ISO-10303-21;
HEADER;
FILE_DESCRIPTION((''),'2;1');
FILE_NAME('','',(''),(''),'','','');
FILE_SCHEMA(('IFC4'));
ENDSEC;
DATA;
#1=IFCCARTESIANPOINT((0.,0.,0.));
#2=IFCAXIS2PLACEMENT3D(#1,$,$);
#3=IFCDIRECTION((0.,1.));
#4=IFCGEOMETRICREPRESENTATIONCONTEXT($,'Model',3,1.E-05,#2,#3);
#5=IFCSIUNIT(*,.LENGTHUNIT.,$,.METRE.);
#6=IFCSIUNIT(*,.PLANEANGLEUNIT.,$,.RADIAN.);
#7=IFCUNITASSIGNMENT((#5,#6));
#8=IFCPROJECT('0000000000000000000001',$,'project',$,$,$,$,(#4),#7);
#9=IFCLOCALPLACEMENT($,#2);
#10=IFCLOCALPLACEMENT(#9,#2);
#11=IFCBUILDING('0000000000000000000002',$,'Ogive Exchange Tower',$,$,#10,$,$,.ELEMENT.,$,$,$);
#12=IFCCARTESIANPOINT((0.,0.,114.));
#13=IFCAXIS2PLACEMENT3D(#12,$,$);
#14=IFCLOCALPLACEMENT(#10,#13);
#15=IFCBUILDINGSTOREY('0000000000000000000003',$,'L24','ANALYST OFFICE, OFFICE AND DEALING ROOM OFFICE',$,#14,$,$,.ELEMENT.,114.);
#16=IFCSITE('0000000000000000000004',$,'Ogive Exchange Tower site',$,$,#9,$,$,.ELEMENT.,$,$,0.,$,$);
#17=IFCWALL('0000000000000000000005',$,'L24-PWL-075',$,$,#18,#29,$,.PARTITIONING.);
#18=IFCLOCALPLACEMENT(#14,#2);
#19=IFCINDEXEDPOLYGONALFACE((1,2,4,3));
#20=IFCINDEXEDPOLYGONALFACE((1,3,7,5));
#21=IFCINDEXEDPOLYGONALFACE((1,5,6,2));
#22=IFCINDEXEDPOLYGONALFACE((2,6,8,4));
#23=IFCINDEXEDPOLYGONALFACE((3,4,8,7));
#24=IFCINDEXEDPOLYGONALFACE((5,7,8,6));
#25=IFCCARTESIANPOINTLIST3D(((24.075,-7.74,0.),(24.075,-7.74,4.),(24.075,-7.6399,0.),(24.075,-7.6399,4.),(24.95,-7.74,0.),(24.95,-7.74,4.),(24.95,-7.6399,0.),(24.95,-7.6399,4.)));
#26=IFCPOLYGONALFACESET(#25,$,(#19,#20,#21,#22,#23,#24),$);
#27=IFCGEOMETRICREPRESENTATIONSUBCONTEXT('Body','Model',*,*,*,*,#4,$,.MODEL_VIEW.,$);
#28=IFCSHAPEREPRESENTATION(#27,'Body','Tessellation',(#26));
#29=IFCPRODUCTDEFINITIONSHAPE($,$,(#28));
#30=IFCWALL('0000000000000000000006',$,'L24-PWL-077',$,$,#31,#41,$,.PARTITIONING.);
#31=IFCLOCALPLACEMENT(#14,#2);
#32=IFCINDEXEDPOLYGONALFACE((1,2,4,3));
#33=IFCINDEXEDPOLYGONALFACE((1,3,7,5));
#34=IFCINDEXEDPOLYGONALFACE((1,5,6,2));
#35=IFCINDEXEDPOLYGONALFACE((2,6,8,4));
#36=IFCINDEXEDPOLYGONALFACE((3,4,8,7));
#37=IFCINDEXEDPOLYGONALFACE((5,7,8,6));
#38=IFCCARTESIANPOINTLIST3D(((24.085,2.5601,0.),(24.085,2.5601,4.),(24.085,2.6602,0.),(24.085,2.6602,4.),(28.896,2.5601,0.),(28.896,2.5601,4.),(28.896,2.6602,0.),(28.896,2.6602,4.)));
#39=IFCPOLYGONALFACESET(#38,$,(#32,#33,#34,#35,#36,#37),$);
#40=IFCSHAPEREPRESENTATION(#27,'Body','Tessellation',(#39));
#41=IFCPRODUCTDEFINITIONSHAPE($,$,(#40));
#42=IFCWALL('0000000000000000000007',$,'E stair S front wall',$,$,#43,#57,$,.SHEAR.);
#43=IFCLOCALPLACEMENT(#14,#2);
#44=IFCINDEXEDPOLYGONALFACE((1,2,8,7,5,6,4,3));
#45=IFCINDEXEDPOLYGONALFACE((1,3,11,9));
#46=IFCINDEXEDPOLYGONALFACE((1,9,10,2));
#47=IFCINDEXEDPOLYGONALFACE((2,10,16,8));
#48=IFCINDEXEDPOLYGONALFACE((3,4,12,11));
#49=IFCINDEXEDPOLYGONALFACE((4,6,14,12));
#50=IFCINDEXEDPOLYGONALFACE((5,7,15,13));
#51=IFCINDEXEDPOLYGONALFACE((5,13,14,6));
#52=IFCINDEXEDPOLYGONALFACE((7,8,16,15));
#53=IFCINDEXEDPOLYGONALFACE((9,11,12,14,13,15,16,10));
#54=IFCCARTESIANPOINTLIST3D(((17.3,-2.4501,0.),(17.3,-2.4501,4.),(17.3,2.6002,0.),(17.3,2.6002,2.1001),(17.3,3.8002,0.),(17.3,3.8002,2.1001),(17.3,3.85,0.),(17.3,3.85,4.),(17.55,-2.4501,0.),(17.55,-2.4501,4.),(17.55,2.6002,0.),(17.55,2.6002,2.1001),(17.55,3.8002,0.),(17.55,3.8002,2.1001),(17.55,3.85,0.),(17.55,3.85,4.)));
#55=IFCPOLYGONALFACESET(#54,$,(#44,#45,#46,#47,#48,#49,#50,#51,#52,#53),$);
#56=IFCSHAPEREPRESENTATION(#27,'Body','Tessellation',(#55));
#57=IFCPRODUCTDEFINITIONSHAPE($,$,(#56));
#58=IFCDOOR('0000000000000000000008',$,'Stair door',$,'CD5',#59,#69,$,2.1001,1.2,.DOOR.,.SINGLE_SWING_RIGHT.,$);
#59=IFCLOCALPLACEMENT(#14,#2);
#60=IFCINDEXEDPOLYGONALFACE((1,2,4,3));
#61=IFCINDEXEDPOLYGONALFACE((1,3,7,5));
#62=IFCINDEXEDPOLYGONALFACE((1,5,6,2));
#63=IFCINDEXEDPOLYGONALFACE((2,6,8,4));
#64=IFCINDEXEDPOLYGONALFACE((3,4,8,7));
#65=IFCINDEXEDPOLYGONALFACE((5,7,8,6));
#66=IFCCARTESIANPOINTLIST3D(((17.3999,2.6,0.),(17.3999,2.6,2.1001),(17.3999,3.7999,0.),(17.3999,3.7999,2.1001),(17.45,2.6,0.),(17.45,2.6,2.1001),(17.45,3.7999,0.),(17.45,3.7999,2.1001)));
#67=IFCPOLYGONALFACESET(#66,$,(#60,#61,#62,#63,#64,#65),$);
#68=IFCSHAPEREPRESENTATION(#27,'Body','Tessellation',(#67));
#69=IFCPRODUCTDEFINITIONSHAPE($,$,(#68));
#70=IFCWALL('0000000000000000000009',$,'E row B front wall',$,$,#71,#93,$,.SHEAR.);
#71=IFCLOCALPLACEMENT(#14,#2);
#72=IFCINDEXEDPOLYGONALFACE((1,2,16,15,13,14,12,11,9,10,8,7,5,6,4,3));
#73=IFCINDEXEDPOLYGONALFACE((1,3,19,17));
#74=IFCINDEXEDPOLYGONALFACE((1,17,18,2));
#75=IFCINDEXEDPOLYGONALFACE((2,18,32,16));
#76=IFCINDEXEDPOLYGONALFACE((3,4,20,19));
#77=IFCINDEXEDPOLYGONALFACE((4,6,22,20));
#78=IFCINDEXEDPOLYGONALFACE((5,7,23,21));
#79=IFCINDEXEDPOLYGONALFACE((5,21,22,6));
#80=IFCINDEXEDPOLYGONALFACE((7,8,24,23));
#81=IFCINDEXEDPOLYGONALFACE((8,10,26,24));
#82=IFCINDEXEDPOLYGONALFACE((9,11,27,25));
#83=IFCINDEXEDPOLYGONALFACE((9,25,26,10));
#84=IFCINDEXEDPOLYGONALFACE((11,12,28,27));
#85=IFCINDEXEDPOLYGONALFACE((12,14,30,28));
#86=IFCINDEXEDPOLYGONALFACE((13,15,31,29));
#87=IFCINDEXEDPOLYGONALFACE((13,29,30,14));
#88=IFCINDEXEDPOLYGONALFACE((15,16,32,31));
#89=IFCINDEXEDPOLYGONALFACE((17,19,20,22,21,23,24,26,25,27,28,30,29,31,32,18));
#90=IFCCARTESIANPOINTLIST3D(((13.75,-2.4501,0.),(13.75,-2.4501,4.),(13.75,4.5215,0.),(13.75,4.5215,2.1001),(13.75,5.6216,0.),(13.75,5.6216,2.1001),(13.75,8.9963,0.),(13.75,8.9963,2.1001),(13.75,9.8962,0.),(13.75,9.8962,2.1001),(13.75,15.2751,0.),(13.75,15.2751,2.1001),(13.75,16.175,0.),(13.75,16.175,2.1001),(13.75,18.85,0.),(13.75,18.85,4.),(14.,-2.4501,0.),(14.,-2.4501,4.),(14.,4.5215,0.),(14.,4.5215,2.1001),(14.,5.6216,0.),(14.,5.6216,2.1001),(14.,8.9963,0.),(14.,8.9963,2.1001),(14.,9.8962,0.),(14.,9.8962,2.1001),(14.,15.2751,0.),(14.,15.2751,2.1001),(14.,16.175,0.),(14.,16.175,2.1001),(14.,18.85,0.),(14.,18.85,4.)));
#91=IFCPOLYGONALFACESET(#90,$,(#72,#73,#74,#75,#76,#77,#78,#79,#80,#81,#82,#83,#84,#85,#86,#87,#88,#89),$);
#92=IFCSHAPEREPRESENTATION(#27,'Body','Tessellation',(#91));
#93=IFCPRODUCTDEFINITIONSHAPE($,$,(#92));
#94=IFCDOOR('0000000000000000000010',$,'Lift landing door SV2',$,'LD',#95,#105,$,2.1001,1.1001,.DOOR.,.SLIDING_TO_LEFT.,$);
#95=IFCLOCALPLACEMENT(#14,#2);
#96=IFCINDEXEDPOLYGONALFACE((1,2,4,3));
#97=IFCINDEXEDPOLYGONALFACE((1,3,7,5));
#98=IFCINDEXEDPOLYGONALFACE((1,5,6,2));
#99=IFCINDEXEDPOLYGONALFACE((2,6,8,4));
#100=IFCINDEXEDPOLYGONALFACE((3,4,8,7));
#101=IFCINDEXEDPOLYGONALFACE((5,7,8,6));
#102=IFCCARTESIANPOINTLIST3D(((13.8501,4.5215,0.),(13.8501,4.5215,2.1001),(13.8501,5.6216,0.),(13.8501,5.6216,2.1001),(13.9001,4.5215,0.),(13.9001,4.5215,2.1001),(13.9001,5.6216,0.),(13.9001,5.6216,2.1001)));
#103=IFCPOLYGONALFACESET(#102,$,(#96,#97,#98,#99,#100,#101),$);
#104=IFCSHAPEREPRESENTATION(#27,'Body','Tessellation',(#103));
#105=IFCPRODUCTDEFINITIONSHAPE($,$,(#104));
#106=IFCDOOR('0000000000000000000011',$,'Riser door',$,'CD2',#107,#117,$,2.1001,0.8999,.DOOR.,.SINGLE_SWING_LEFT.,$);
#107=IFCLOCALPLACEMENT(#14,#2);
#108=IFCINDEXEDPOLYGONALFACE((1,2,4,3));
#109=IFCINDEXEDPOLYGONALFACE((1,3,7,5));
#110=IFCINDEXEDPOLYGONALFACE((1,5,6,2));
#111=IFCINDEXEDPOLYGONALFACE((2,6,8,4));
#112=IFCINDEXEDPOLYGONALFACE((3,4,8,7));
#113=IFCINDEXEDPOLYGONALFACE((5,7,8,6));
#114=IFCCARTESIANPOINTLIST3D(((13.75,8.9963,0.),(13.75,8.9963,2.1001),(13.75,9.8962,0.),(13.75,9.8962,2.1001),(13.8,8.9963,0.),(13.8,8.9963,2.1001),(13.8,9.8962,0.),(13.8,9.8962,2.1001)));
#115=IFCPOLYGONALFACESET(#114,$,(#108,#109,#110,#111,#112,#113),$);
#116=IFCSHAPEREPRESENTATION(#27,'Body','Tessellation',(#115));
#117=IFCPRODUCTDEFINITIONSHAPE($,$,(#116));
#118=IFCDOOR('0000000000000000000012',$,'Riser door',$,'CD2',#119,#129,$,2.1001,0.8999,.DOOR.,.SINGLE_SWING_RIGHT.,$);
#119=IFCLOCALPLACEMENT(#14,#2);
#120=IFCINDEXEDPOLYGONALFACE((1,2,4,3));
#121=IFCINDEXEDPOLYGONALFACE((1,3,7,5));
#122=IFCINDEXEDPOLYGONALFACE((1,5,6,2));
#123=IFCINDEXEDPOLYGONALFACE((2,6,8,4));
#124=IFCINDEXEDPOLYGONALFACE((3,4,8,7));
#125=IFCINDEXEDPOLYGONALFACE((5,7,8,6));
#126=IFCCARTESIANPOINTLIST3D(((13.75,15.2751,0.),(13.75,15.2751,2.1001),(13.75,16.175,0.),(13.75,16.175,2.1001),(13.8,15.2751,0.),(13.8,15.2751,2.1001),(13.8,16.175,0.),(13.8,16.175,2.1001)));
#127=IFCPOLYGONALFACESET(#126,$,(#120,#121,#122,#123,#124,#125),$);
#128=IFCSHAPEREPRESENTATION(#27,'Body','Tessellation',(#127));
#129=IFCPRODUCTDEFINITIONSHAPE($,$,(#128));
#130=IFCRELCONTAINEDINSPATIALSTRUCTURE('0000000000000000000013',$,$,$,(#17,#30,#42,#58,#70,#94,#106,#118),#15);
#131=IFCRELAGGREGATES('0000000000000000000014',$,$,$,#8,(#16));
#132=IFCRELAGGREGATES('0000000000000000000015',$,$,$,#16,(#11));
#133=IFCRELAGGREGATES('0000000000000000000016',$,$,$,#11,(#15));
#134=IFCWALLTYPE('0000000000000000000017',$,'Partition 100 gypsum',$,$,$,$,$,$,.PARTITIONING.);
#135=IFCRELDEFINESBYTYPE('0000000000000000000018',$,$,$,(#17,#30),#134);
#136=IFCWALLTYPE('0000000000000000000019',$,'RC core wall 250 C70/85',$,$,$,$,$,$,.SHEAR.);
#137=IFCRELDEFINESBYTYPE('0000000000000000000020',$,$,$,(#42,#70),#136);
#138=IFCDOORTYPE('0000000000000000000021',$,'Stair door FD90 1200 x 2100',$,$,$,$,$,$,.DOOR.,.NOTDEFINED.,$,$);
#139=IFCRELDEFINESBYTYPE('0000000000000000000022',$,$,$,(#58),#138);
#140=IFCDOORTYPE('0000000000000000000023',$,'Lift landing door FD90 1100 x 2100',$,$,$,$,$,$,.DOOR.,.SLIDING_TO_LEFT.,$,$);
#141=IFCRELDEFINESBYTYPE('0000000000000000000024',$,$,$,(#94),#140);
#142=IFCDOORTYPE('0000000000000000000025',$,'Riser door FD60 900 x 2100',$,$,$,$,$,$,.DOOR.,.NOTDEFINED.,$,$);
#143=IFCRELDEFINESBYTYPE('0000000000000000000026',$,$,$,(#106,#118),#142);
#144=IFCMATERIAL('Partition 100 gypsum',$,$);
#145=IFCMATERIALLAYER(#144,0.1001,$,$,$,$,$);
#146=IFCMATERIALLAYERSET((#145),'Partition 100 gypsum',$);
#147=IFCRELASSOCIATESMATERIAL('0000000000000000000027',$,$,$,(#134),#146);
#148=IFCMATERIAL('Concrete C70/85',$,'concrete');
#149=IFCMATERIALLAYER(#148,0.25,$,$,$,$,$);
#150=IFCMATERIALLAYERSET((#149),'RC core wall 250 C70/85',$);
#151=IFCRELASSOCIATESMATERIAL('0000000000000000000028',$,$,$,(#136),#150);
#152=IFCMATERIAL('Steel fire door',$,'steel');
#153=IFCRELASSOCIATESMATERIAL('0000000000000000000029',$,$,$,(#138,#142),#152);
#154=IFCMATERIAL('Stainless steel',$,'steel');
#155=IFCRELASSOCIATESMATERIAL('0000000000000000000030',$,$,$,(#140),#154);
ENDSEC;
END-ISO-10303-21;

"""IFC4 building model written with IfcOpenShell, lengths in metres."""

from ifc_helpers import new_model, si_unit, direction, frame, frame_2d, origin, place, context, subcontext, project, spatial, rectangle, extrude, material, layer, layer_set, type_object, element, fill, save


model = new_model("IFC4")

# Units and contexts
model_context = context("Model", 3, precision=1e-05, world=origin(), true_north=direction((0.0, 1.0)))
body_context = subcontext(model_context, "Body", "Model", "MODEL_VIEW")
ifc_project = project(units=[si_unit("LENGTHUNIT", "METRE"), si_unit("PLANEANGLEUNIT", "RADIAN")], contexts=[model_context])

# Site, building, storey
site_placement = place(None, origin())
site = spatial("IfcSite", under=ifc_project, at=site_placement, Name="Ogive Exchange Tower site", CompositionType="ELEMENT", RefElevation=0.0)
building_placement = place(site_placement, origin())
building = spatial("IfcBuilding", under=site, at=building_placement, Name="Ogive Exchange Tower", CompositionType="ELEMENT")
storey_placement = place(building_placement, frame((0.0, 0.0, 114.0)))
storey = spatial("IfcBuildingStorey", under=building, at=storey_placement, Name="L24", Description="ANALYST OFFICE, OFFICE AND DEALING ROOM OFFICE", CompositionType="ELEMENT", Elevation=114.0)

# Walls
ifc_material_1 = material(Name="Partition 100 gypsum")
ifc_layer_1 = layer(ifc_material_1, 0.1001)
ifc_layer_set_1 = layer_set([ifc_layer_1], Name="Partition 100 gypsum")
wall_type_1 = type_object("IfcWallType", Name="Partition 100 gypsum", PredefinedType="PARTITIONING", material=ifc_layer_set_1)
wall_1_placement = place(storey_placement, frame((24.95, -7.6899, 0.0), z_axis=(0.0, 0.0, 1.0), x_axis=(-1.0, 0.0, 0.0)))
element("IfcWall", 1, at=wall_1_placement, inside=storey, type_object=wall_type_1, Name="L24-PWL-075", PredefinedType="PARTITIONING", context=body_context, shape_type="SweptSolid", body=[
    extrude(rectangle(XDim=0.875, YDim=0.1001, at=frame_2d((0.4375, 0.0))), origin(), (0.0, 0.0, 1.0), 4.0),
])
wall_2_placement = place(storey_placement, frame((28.896, 2.6101, 0.0), z_axis=(0.0, 0.0, 1.0), x_axis=(-1.0, 0.0, 0.0)))
element("IfcWall", 2, at=wall_2_placement, inside=storey, type_object=wall_type_1, Name="L24-PWL-077", PredefinedType="PARTITIONING", context=body_context, shape_type="SweptSolid", body=[
    extrude(rectangle(XDim=4.811, YDim=0.1001, at=frame_2d((2.4055, 0.0))), origin(), (0.0, 0.0, 1.0), 4.0),
])

# Wall, opening, door
ifc_material_2 = material(Name="Concrete C70/85", Category="concrete")
ifc_layer_2 = layer(ifc_material_2, 0.25)
ifc_layer_set_2 = layer_set([ifc_layer_2], Name="RC core wall 250 C70/85")
wall_type_2 = type_object("IfcWallType", Name="RC core wall 250 C70/85", PredefinedType="SHEAR", material=ifc_layer_set_2)
wall_3_placement = place(storey_placement, frame((17.425, -2.45, 0.0), z_axis=(0.0, 0.0, 1.0), x_axis=(0.0, 1.0, 0.0)))
wall_3 = element("IfcWall", 3, at=wall_3_placement, inside=storey, type_object=wall_type_2, Name="E stair S front wall", PredefinedType="SHEAR", context=body_context, shape_type="SweptSolid", body=[
    extrude(rectangle(XDim=6.3, YDim=0.25, at=frame_2d((3.1499, 0.0))), origin(), (0.0, 0.0, 1.0), 4.0),
])
opening_1_placement = place(wall_3_placement, frame((5.05, 0.0, 0.0)))
opening_1 = element("IfcOpeningElement", 4, at=opening_1_placement, cuts=wall_3, PredefinedType="OPENING", context=body_context, shape_type="SweptSolid", body=[
    extrude(rectangle(XDim=1.2, YDim=2.1001, at=frame_2d((0.6001, 1.05))), frame((0.0, 0.135, 0.0), z_axis=(0.0, -1.0, 0.0), x_axis=(1.0, 0.0, 0.0)), (0.0, 0.0, 1.0), 0.27),
])
ifc_material_3 = material(Name="Steel fire door", Category="steel")
door_type_1 = type_object("IfcDoorType", Name="Stair door FD90 1200 x 2100", OperationType="NOTDEFINED", PredefinedType="DOOR", material=ifc_material_3)
door_1_placement = place(opening_1_placement, frame((1.2, 0.0, 0.0), z_axis=(0.0, 0.0, 1.0), x_axis=(-1.0, 0.0, 0.0)))
door_1 = element("IfcDoor", 5, at=door_1_placement, inside=storey, type_object=door_type_1, Name="Stair door", ObjectType="CD5", OperationType="SINGLE_SWING_RIGHT", OverallHeight=2.1001, OverallWidth=1.2, PredefinedType="DOOR", context=body_context, shape_type="SweptSolid", body=[
    extrude(rectangle(XDim=1.2, YDim=2.1001, at=frame_2d((0.6001, 1.05))), frame((0.0, 0.0249, 0.0), z_axis=(0.0, -1.0, 0.0), x_axis=(1.0, 0.0, 0.0)), (0.0, 0.0, 1.0), 0.05),
])
fill(opening_1, door_1)

# Wall, openings, doors
wall_4_placement = place(storey_placement, frame((13.875, -2.45, 0.0), z_axis=(0.0, 0.0, 1.0), x_axis=(0.0, 1.0, 0.0)))
wall_4 = element("IfcWall", 6, at=wall_4_placement, inside=storey, type_object=wall_type_2, Name="E row B front wall", PredefinedType="SHEAR", context=body_context, shape_type="SweptSolid", body=[
    extrude(rectangle(XDim=21.3, YDim=0.25, at=frame_2d((10.6499, 0.0))), origin(), (0.0, 0.0, 1.0), 4.0),
])
opening_2_placement = place(wall_4_placement, frame((11.4463, 0.0, 0.0)))
opening_2 = element("IfcOpeningElement", 7, at=opening_2_placement, cuts=wall_4, PredefinedType="OPENING", context=body_context, shape_type="SweptSolid", body=[
    extrude(rectangle(XDim=0.8999, YDim=2.1001, at=frame_2d((0.45, 1.05))), frame((0.0, 0.135, 0.0), z_axis=(0.0, -1.0, 0.0), x_axis=(1.0, 0.0, 0.0)), (0.0, 0.0, 1.0), 0.27),
])
opening_3_placement = place(wall_4_placement, frame((17.7251, 0.0, 0.0)))
opening_3 = element("IfcOpeningElement", 8, at=opening_3_placement, cuts=wall_4, PredefinedType="OPENING", context=body_context, shape_type="SweptSolid", body=[
    extrude(rectangle(XDim=0.8999, YDim=2.1001, at=frame_2d((0.45, 1.05))), frame((0.0, 0.135, 0.0), z_axis=(0.0, -1.0, 0.0), x_axis=(1.0, 0.0, 0.0)), (0.0, 0.0, 1.0), 0.27),
])
opening_4_placement = place(wall_4_placement, frame((6.9714, 0.0, 0.0)))
opening_4 = element("IfcOpeningElement", 9, at=opening_4_placement, cuts=wall_4, PredefinedType="OPENING", context=body_context, shape_type="SweptSolid", body=[
    extrude(rectangle(XDim=1.1001, YDim=2.1001, at=frame_2d((0.55, 1.05))), frame((0.0, 0.135, 0.0), z_axis=(0.0, -1.0, 0.0), x_axis=(1.0, 0.0, 0.0)), (0.0, 0.0, 1.0), 0.27),
])
ifc_material_4 = material(Name="Stainless steel", Category="steel")
door_type_2 = type_object("IfcDoorType", Name="Lift landing door FD90 1100 x 2100", OperationType="SLIDING_TO_LEFT", PredefinedType="DOOR", material=ifc_material_4)
door_2_placement = place(opening_4_placement, origin())
door_2 = element("IfcDoor", 10, at=door_2_placement, inside=storey, type_object=door_type_2, Name="Lift landing door SV2", ObjectType="LD", OperationType="SLIDING_TO_LEFT", OverallHeight=2.1001, OverallWidth=1.1001, PredefinedType="DOOR", context=body_context, shape_type="SweptSolid", body=[
    extrude(rectangle(XDim=1.1001, YDim=2.1001, at=frame_2d((0.55, 1.05))), frame((0.0, 0.0249, 0.0), z_axis=(0.0, -1.0, 0.0), x_axis=(1.0, 0.0, 0.0)), (0.0, 0.0, 1.0), 0.05),
])
fill(opening_4, door_2)
door_type_3 = type_object("IfcDoorType", Name="Riser door FD60 900 x 2100", OperationType="NOTDEFINED", PredefinedType="DOOR", material=ifc_material_3)
door_3_placement = place(opening_2_placement, origin())
door_3 = element("IfcDoor", 11, at=door_3_placement, inside=storey, type_object=door_type_3, Name="Riser door", ObjectType="CD2", OperationType="SINGLE_SWING_LEFT", OverallHeight=2.1001, OverallWidth=0.8999, PredefinedType="DOOR", context=body_context, shape_type="SweptSolid", body=[
    extrude(rectangle(XDim=0.8999, YDim=2.1001, at=frame_2d((0.45, 1.05))), frame((0.0, 0.125, 0.0), z_axis=(0.0, -1.0, 0.0), x_axis=(1.0, 0.0, 0.0)), (0.0, 0.0, 1.0), 0.05),
])
fill(opening_2, door_3)
door_4_placement = place(opening_3_placement, origin())
door_4 = element("IfcDoor", 12, at=door_4_placement, inside=storey, type_object=door_type_3, Name="Riser door", ObjectType="CD2", OperationType="SINGLE_SWING_RIGHT", OverallHeight=2.1001, OverallWidth=0.8999, PredefinedType="DOOR", context=body_context, shape_type="SweptSolid", body=[
    extrude(rectangle(XDim=0.8999, YDim=2.1001, at=frame_2d((0.45, 1.05))), frame((0.0, 0.125, 0.0), z_axis=(0.0, -1.0, 0.0), x_axis=(1.0, 0.0, 0.0)), (0.0, 0.0, 1.0), 0.05),
])
fill(opening_3, door_4)

save(model, "model.ifc")
